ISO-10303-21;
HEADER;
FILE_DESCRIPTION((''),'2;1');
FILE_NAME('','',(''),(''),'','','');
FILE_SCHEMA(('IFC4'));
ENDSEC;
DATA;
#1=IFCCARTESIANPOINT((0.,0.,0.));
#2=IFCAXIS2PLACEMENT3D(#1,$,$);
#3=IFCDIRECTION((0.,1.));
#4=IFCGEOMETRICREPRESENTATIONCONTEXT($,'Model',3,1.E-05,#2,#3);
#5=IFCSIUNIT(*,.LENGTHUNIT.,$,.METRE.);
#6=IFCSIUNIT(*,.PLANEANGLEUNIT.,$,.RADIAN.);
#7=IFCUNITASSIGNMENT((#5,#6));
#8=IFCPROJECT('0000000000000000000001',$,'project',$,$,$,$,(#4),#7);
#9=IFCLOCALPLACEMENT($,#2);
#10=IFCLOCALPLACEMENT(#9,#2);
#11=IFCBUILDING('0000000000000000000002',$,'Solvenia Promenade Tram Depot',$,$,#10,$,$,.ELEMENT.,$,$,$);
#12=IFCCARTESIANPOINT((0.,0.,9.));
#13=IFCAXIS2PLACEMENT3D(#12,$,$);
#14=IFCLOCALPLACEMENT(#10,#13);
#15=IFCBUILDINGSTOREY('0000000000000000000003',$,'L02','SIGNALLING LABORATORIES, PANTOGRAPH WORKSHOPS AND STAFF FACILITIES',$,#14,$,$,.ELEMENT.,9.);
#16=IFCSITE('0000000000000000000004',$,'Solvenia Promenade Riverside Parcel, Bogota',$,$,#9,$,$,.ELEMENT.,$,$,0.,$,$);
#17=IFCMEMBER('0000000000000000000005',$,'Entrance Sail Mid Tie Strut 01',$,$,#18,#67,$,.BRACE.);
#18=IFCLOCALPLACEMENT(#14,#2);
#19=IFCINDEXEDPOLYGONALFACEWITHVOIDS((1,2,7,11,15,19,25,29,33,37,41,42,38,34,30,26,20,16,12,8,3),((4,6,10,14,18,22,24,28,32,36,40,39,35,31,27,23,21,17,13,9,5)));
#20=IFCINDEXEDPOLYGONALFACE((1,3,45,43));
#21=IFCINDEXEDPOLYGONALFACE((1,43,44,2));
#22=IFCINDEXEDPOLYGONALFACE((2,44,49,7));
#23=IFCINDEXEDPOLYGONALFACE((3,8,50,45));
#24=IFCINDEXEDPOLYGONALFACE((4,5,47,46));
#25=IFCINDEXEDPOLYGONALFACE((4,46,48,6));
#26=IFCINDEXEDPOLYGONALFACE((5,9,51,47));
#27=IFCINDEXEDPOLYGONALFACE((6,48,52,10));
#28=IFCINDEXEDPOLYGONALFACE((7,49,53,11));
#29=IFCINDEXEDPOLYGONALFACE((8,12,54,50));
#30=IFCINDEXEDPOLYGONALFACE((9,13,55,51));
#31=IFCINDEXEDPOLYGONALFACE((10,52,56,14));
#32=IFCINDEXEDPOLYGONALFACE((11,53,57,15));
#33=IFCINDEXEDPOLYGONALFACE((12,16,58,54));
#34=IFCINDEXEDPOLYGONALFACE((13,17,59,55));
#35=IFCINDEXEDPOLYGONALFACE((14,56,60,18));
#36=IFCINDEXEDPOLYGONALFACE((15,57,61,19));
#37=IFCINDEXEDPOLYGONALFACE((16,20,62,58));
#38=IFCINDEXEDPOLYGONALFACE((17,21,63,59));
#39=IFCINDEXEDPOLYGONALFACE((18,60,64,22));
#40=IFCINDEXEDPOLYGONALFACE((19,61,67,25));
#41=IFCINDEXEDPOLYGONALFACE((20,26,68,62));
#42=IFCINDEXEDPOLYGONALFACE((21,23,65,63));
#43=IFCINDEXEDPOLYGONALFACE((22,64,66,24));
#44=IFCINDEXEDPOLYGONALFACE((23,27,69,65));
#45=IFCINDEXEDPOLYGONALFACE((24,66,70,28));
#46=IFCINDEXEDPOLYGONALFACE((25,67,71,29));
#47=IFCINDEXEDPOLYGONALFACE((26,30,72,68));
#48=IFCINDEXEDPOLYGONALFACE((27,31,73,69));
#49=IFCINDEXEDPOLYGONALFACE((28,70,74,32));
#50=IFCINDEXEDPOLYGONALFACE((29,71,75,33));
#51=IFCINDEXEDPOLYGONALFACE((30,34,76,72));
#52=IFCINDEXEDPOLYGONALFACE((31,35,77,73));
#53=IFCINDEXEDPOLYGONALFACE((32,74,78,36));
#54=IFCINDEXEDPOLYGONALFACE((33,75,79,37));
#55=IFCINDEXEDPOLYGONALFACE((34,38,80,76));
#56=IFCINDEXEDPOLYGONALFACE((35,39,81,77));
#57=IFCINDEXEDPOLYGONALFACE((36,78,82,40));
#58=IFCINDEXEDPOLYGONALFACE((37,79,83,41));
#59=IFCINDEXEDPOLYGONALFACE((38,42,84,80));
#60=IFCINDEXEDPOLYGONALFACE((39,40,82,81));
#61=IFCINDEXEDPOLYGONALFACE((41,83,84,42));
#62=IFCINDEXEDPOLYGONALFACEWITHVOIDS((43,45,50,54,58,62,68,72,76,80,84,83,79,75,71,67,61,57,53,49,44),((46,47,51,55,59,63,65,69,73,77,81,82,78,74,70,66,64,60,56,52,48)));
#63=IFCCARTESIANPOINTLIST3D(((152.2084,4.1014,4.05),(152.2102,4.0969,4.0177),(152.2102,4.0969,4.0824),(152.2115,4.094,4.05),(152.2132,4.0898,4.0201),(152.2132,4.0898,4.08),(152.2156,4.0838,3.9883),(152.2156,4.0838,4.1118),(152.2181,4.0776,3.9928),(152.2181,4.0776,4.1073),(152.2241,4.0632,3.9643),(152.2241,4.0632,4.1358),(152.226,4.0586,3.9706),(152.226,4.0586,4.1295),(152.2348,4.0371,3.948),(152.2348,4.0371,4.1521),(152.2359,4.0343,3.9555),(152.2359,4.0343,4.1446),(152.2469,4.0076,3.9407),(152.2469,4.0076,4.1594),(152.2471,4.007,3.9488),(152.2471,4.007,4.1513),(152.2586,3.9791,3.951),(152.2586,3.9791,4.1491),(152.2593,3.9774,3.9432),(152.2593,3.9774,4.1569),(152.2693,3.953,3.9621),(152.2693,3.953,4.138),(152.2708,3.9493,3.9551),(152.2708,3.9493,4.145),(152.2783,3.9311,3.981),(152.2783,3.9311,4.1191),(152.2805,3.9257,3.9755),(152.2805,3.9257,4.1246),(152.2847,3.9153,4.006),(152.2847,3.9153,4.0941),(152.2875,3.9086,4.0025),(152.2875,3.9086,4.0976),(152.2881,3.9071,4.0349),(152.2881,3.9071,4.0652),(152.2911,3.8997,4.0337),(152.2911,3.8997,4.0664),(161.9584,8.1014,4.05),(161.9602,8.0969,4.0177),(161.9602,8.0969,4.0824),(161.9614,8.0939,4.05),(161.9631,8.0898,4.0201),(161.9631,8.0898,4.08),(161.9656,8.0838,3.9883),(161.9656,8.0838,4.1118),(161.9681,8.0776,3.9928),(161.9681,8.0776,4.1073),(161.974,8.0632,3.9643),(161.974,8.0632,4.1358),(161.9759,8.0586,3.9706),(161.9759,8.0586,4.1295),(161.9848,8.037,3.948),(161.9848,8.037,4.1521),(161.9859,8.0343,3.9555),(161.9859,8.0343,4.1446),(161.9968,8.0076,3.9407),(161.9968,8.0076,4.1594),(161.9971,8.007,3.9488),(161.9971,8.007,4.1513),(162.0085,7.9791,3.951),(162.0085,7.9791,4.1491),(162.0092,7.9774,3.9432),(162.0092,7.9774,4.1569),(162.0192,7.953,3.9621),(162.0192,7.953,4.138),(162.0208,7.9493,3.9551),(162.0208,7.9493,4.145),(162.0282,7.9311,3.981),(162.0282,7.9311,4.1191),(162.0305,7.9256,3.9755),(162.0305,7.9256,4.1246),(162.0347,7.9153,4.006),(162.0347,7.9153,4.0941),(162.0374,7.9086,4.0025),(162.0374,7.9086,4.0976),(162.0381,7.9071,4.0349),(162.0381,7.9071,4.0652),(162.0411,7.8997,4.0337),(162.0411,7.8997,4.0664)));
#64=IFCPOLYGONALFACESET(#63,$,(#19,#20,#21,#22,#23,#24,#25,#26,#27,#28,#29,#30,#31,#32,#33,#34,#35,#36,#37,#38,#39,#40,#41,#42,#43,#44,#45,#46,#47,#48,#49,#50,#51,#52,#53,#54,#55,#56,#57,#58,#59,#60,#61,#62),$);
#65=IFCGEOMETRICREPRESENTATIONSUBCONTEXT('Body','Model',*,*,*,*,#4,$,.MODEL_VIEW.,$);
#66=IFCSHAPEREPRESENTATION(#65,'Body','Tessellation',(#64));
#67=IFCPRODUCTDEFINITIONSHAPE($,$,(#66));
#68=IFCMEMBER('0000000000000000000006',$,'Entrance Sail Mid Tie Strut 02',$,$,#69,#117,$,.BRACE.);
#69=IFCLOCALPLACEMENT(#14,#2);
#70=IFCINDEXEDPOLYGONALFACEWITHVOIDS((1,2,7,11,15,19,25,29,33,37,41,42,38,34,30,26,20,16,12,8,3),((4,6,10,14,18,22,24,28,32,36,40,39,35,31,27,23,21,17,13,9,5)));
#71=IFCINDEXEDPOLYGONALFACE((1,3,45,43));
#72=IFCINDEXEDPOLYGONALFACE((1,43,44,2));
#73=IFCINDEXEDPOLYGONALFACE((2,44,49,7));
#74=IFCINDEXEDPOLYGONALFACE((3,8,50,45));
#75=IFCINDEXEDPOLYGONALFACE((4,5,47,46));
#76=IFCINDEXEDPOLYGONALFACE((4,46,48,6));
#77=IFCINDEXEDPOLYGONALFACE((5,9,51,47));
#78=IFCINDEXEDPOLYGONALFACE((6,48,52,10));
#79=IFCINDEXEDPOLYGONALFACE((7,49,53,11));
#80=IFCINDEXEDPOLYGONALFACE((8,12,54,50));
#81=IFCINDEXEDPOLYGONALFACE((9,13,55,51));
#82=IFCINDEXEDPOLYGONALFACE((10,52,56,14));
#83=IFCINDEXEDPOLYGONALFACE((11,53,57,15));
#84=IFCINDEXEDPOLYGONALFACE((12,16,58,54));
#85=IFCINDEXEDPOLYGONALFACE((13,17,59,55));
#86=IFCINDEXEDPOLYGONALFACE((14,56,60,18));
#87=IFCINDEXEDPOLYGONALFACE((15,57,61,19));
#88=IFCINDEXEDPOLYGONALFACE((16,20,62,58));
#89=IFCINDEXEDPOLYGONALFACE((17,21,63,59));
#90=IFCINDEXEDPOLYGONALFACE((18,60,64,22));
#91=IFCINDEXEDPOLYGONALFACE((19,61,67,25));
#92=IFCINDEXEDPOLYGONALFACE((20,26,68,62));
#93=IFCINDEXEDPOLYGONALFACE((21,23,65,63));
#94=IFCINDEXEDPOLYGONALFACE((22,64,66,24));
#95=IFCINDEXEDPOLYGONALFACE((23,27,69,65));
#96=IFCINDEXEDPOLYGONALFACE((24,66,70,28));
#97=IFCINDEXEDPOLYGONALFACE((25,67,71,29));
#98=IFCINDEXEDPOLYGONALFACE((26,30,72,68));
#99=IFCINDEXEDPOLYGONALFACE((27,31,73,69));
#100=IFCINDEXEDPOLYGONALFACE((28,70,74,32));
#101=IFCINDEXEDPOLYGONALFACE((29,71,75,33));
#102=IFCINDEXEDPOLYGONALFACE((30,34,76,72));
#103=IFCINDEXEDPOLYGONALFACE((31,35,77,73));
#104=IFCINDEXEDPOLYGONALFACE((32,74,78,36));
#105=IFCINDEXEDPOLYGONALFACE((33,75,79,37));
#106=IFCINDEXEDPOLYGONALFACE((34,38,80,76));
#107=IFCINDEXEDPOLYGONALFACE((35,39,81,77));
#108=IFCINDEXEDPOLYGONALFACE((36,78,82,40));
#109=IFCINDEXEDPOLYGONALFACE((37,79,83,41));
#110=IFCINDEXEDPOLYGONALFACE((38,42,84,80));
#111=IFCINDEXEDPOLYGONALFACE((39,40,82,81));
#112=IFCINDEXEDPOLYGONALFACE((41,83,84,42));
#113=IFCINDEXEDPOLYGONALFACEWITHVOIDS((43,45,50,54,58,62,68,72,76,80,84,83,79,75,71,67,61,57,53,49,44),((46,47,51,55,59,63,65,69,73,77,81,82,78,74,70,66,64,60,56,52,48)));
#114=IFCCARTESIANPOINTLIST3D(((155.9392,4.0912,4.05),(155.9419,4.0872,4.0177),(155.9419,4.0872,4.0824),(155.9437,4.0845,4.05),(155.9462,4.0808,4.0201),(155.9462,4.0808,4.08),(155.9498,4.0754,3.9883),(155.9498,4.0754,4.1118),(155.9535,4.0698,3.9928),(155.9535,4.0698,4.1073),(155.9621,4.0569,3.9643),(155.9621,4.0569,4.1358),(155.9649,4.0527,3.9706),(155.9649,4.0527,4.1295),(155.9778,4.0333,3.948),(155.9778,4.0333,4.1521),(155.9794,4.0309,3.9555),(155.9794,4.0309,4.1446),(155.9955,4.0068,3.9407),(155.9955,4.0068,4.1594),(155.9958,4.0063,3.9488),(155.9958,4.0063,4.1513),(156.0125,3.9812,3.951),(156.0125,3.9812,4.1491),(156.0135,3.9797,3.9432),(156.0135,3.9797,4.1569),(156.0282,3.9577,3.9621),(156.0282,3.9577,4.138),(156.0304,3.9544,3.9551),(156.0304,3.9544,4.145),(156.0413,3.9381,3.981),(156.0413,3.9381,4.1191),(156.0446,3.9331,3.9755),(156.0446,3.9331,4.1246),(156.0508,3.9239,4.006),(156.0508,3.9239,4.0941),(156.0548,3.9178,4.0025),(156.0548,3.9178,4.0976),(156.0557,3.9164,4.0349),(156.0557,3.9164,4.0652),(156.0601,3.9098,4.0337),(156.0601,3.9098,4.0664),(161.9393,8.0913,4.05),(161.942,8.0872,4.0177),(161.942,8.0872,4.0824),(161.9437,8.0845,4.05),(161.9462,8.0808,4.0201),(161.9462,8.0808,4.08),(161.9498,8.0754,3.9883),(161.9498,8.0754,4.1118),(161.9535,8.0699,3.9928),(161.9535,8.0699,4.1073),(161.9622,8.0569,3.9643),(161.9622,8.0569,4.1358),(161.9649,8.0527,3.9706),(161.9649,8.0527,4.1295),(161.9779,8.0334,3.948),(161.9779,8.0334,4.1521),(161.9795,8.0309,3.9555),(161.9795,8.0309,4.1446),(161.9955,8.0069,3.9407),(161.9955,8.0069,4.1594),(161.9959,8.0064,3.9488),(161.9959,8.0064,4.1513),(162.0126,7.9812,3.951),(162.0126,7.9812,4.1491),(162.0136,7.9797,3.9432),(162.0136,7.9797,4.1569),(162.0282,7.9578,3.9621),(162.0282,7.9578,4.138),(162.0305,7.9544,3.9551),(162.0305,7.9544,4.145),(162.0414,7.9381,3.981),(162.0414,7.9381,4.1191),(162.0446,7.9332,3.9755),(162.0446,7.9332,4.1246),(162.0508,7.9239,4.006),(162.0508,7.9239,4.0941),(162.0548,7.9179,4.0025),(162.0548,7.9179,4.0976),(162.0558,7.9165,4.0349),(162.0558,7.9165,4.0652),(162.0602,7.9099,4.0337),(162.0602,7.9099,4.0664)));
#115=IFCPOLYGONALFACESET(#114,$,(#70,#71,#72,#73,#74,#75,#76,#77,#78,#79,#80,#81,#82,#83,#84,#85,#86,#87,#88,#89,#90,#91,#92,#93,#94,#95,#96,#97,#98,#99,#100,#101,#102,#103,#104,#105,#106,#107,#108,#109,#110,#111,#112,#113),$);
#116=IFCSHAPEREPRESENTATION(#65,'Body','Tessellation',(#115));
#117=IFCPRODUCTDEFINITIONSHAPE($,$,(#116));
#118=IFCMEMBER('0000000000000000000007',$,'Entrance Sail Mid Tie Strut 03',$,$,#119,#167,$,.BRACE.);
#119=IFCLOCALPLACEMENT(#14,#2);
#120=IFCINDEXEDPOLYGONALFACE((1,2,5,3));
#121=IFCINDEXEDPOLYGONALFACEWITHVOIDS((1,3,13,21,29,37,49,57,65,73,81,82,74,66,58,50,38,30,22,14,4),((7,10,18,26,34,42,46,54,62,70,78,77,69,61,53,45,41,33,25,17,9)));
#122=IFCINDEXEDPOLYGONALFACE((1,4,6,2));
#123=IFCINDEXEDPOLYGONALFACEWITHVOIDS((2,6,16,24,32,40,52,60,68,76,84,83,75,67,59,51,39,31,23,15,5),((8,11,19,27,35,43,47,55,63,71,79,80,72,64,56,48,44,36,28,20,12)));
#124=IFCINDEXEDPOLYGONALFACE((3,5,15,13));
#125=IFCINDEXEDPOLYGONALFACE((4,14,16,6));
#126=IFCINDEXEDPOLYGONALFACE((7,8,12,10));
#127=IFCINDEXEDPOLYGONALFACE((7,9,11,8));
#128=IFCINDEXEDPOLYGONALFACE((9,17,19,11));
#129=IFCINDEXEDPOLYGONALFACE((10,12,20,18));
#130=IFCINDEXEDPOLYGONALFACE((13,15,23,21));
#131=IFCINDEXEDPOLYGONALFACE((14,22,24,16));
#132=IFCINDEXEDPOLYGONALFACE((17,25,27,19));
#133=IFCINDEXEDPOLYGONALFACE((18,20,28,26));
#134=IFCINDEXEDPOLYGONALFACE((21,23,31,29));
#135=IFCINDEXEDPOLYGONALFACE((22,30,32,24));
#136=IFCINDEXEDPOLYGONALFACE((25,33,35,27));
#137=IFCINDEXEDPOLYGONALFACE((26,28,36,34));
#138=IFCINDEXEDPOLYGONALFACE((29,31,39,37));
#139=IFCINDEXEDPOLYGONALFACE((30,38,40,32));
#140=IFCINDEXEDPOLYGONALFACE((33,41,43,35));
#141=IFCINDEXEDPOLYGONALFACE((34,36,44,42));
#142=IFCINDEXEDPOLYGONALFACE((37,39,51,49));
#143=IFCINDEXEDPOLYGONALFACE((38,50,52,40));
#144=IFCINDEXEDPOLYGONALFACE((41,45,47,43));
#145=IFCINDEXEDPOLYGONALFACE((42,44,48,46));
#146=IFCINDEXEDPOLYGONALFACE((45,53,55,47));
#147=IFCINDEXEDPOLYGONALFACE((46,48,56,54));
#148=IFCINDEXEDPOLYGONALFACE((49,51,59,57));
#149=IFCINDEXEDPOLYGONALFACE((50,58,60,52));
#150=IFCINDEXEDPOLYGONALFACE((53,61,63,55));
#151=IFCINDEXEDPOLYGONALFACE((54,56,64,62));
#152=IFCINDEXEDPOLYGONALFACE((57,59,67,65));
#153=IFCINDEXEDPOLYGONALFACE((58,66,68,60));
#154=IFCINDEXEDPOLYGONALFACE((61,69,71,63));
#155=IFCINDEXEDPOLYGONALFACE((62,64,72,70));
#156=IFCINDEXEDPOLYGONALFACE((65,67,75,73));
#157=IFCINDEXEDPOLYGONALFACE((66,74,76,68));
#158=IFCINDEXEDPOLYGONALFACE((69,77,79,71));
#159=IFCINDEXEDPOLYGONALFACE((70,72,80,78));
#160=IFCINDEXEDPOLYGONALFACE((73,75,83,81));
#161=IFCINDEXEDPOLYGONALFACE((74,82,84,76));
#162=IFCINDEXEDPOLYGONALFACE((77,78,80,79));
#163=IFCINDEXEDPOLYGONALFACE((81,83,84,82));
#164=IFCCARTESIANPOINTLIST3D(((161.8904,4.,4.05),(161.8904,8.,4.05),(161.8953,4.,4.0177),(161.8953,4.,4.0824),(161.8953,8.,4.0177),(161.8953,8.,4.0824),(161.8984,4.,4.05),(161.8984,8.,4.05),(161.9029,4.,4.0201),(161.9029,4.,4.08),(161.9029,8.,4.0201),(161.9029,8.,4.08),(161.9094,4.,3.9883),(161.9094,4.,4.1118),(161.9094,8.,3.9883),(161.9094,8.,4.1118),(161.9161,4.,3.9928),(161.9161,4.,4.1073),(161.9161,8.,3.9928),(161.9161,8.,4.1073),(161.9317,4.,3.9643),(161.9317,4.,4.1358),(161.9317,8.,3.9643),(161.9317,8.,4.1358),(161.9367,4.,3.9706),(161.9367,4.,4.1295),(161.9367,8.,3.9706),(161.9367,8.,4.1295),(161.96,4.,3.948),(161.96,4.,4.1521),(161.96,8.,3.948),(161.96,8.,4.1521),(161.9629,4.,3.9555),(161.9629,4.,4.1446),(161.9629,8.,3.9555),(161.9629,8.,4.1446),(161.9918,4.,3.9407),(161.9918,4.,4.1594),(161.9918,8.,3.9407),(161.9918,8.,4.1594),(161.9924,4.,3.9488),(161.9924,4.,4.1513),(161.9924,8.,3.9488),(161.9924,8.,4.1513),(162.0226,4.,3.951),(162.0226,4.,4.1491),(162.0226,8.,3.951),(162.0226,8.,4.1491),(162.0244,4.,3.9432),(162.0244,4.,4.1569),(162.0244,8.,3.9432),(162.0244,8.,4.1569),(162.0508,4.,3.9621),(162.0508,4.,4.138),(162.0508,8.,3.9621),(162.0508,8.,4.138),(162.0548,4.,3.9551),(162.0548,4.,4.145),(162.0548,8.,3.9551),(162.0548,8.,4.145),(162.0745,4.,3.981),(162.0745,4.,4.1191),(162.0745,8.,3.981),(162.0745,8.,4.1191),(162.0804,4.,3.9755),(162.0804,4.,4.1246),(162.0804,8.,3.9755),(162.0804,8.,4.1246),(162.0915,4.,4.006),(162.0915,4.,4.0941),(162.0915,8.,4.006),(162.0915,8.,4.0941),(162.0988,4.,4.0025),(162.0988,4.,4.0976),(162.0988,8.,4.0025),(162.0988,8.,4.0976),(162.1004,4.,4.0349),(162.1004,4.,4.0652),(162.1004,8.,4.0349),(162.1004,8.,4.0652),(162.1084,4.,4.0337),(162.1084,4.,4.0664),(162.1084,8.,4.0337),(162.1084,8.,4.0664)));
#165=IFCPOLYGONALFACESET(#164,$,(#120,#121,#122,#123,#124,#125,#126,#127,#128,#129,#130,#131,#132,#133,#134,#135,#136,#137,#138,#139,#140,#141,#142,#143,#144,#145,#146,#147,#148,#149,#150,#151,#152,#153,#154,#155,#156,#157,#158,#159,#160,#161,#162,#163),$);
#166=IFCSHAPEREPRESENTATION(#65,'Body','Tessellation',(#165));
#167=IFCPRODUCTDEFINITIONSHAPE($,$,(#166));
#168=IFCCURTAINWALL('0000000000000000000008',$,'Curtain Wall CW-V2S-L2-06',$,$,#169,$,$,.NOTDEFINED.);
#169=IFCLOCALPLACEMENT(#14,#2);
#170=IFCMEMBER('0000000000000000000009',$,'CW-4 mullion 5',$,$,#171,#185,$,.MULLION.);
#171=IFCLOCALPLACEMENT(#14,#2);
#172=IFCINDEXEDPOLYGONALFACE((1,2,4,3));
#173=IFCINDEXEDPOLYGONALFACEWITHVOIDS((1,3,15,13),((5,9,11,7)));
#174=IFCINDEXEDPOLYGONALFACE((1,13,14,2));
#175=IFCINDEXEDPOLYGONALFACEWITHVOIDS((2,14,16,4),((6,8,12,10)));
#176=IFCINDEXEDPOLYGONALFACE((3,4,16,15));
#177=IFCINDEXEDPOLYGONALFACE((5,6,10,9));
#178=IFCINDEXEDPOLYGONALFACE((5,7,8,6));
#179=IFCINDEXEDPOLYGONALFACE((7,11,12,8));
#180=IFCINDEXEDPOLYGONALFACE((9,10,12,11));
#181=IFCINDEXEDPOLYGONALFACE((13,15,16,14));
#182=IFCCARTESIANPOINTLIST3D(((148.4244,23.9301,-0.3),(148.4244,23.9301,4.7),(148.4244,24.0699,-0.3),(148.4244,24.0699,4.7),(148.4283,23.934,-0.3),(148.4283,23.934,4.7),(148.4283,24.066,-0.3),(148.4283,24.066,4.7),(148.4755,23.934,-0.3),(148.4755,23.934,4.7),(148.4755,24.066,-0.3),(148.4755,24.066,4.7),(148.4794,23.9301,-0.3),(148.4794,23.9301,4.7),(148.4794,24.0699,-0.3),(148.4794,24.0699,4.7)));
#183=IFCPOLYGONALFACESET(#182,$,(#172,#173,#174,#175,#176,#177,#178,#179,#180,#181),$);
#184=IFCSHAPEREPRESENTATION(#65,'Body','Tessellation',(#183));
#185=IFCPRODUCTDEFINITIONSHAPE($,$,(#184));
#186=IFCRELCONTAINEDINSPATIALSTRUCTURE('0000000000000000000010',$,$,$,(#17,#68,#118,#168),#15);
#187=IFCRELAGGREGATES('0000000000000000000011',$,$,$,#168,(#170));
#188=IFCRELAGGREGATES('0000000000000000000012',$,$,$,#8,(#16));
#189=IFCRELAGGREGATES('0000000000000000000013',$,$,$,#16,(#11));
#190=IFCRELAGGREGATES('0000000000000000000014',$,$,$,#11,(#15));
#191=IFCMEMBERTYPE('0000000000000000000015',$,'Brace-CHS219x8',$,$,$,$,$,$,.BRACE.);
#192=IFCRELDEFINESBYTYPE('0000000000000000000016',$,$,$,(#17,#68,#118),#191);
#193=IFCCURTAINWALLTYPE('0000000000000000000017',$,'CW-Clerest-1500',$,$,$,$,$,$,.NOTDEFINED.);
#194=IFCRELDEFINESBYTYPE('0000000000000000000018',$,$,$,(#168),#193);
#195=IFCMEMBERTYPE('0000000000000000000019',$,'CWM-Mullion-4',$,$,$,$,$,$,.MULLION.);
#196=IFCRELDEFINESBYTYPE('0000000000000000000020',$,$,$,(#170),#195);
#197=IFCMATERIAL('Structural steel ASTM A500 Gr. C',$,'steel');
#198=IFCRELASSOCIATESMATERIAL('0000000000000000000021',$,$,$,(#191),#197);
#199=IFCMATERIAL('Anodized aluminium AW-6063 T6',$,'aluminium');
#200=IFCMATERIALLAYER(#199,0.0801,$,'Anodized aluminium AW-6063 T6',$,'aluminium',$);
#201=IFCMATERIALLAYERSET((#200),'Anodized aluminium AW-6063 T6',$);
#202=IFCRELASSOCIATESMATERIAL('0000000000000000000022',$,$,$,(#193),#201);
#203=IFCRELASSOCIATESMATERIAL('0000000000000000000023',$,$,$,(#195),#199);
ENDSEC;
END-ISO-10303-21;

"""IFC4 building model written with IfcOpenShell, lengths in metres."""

from ifc_helpers import new_model, si_unit, direction, frame, origin, origin_2d, place, context, subcontext, project, spatial, hollow_rectangle, hollow_circle, extrude, material, layer, layer_set, material_profile, profile_set, type_object, element, aggregate, save


model = new_model("IFC4")

# Units and contexts
model_context = context("Model", 3, precision=1e-05, world=origin(), true_north=direction((0.0, 1.0)))
body_context = subcontext(model_context, "Body", "Model", "MODEL_VIEW")
ifc_project = project(units=[si_unit("LENGTHUNIT", "METRE"), si_unit("PLANEANGLEUNIT", "RADIAN")], contexts=[model_context])

# Site, building, storey
site_placement = place(None, origin())
site = spatial("IfcSite", under=ifc_project, at=site_placement, Name="Solvenia Promenade Riverside Parcel, Bogota", CompositionType="ELEMENT", RefElevation=0.0)
building_placement = place(site_placement, origin())
building = spatial("IfcBuilding", under=site, at=building_placement, Name="Solvenia Promenade Tram Depot", CompositionType="ELEMENT")
storey_placement = place(building_placement, frame((0.0, 0.0, 9.0)))
storey = spatial("IfcBuildingStorey", under=building, at=storey_placement, Name="L02", Description="SIGNALLING LABORATORIES, PANTOGRAPH WORKSHOPS AND STAFF FACILITIES", CompositionType="ELEMENT", Elevation=9.0)

# Members
ifc_material_1 = material(Name="Structural steel ASTM A500 Gr. C", Category="steel")
ifc_material_profile_1 = material_profile(ifc_material_1, hollow_circle(Radius=0.1096, WallThickness=0.0081, at=origin_2d()), Name="CHS219.1x8", Category="steel")
ifc_profile_set_1 = profile_set([ifc_material_profile_1], Name="Structural steel ASTM A500 Gr. C")
member_type_1 = type_object("IfcMemberType", Name="Brace-CHS219x8", PredefinedType="BRACE", material=ifc_profile_set_1)
member_1_placement = place(storey_placement, frame((152.25, 4.0, 4.05), z_axis=(0.925169, 0.379556, 0.0), x_axis=(-0.379556, 0.925169, 0.0)))
element("IfcMember", 1, at=member_1_placement, inside=storey, type_object=member_type_1, Name="Entrance Sail Mid Tie Strut 01", PredefinedType="BRACE", context=body_context, shape_type="SweptSolid", body=[
    extrude(hollow_circle(Radius=0.1096, WallThickness=0.0081, at=origin_2d()), origin(), (0.0, 0.0, 1.0), 10.5386),
])
member_2_placement = place(storey_placement, frame((156.0, 4.0, 4.05), z_axis=(0.83205, 0.5547, 0.0), x_axis=(-0.5547, 0.83205, 0.0)))
element("IfcMember", 2, at=member_2_placement, inside=storey, type_object=member_type_1, Name="Entrance Sail Mid Tie Strut 02", PredefinedType="BRACE", context=body_context, shape_type="SweptSolid", body=[
    extrude(hollow_circle(Radius=0.1096, WallThickness=0.0081, at=origin_2d()), origin(), (0.0, 0.0, 1.0), 7.2112),
])
member_3_placement = place(storey_placement, frame((162.0, 4.0, 4.05), z_axis=(0.0, 1.0, 0.0), x_axis=(-1.0, 0.0, 0.0)))
element("IfcMember", 3, at=member_3_placement, inside=storey, type_object=member_type_1, Name="Entrance Sail Mid Tie Strut 03", PredefinedType="BRACE", context=body_context, shape_type="SweptSolid", body=[
    extrude(hollow_circle(Radius=0.1096, WallThickness=0.0081, at=origin_2d()), origin(), (0.0, 0.0, 1.0), 4.0),
])

# Curtain wall, member
ifc_material_2 = material(Name="Anodized aluminium AW-6063 T6", Category="aluminium")
ifc_layer_1 = layer(ifc_material_2, 0.0801, Name="Anodized aluminium AW-6063 T6", Category="aluminium")
ifc_layer_set_1 = layer_set([ifc_layer_1], Name="Anodized aluminium AW-6063 T6")
curtain_wall_type = type_object("IfcCurtainWallType", Name="CW-Clerest-1500", PredefinedType="NOTDEFINED", material=ifc_layer_set_1)
curtain_wall_placement = place(storey_placement, origin())
curtain_wall = element("IfcCurtainWall", 4, at=curtain_wall_placement, inside=storey, type_object=curtain_wall_type, Name="Curtain Wall CW-V2S-L2-06", PredefinedType="NOTDEFINED")
ifc_material_profile_2 = material_profile(ifc_material_2, hollow_rectangle(XDim=0.1399, YDim=0.0549, WallThickness=0.0039, at=origin_2d()), Name="ALU-M4", Category="aluminium")
ifc_profile_set_2 = profile_set([ifc_material_profile_2], Name="Anodized aluminium AW-6063 T6")
member_type_2 = type_object("IfcMemberType", Name="CWM-Mullion-4", PredefinedType="MULLION", material=ifc_profile_set_2)
member_4_placement = place(storey_placement, frame((148.4519, 24.0, -0.3), z_axis=(0.0, 0.0, 1.0), x_axis=(0.0, 1.0, 0.0)))
member_4 = element("IfcMember", 5, at=member_4_placement, type_object=member_type_2, Name="CW-4 mullion 5", PredefinedType="MULLION", context=body_context, shape_type="SweptSolid", body=[
    extrude(hollow_rectangle(XDim=0.1399, YDim=0.0549, WallThickness=0.0039, at=origin_2d()), origin(), (0.0, 0.0, 1.0), 5.0),
])

aggregate(curtain_wall, [member_4])

save(model, "model.ifc")
